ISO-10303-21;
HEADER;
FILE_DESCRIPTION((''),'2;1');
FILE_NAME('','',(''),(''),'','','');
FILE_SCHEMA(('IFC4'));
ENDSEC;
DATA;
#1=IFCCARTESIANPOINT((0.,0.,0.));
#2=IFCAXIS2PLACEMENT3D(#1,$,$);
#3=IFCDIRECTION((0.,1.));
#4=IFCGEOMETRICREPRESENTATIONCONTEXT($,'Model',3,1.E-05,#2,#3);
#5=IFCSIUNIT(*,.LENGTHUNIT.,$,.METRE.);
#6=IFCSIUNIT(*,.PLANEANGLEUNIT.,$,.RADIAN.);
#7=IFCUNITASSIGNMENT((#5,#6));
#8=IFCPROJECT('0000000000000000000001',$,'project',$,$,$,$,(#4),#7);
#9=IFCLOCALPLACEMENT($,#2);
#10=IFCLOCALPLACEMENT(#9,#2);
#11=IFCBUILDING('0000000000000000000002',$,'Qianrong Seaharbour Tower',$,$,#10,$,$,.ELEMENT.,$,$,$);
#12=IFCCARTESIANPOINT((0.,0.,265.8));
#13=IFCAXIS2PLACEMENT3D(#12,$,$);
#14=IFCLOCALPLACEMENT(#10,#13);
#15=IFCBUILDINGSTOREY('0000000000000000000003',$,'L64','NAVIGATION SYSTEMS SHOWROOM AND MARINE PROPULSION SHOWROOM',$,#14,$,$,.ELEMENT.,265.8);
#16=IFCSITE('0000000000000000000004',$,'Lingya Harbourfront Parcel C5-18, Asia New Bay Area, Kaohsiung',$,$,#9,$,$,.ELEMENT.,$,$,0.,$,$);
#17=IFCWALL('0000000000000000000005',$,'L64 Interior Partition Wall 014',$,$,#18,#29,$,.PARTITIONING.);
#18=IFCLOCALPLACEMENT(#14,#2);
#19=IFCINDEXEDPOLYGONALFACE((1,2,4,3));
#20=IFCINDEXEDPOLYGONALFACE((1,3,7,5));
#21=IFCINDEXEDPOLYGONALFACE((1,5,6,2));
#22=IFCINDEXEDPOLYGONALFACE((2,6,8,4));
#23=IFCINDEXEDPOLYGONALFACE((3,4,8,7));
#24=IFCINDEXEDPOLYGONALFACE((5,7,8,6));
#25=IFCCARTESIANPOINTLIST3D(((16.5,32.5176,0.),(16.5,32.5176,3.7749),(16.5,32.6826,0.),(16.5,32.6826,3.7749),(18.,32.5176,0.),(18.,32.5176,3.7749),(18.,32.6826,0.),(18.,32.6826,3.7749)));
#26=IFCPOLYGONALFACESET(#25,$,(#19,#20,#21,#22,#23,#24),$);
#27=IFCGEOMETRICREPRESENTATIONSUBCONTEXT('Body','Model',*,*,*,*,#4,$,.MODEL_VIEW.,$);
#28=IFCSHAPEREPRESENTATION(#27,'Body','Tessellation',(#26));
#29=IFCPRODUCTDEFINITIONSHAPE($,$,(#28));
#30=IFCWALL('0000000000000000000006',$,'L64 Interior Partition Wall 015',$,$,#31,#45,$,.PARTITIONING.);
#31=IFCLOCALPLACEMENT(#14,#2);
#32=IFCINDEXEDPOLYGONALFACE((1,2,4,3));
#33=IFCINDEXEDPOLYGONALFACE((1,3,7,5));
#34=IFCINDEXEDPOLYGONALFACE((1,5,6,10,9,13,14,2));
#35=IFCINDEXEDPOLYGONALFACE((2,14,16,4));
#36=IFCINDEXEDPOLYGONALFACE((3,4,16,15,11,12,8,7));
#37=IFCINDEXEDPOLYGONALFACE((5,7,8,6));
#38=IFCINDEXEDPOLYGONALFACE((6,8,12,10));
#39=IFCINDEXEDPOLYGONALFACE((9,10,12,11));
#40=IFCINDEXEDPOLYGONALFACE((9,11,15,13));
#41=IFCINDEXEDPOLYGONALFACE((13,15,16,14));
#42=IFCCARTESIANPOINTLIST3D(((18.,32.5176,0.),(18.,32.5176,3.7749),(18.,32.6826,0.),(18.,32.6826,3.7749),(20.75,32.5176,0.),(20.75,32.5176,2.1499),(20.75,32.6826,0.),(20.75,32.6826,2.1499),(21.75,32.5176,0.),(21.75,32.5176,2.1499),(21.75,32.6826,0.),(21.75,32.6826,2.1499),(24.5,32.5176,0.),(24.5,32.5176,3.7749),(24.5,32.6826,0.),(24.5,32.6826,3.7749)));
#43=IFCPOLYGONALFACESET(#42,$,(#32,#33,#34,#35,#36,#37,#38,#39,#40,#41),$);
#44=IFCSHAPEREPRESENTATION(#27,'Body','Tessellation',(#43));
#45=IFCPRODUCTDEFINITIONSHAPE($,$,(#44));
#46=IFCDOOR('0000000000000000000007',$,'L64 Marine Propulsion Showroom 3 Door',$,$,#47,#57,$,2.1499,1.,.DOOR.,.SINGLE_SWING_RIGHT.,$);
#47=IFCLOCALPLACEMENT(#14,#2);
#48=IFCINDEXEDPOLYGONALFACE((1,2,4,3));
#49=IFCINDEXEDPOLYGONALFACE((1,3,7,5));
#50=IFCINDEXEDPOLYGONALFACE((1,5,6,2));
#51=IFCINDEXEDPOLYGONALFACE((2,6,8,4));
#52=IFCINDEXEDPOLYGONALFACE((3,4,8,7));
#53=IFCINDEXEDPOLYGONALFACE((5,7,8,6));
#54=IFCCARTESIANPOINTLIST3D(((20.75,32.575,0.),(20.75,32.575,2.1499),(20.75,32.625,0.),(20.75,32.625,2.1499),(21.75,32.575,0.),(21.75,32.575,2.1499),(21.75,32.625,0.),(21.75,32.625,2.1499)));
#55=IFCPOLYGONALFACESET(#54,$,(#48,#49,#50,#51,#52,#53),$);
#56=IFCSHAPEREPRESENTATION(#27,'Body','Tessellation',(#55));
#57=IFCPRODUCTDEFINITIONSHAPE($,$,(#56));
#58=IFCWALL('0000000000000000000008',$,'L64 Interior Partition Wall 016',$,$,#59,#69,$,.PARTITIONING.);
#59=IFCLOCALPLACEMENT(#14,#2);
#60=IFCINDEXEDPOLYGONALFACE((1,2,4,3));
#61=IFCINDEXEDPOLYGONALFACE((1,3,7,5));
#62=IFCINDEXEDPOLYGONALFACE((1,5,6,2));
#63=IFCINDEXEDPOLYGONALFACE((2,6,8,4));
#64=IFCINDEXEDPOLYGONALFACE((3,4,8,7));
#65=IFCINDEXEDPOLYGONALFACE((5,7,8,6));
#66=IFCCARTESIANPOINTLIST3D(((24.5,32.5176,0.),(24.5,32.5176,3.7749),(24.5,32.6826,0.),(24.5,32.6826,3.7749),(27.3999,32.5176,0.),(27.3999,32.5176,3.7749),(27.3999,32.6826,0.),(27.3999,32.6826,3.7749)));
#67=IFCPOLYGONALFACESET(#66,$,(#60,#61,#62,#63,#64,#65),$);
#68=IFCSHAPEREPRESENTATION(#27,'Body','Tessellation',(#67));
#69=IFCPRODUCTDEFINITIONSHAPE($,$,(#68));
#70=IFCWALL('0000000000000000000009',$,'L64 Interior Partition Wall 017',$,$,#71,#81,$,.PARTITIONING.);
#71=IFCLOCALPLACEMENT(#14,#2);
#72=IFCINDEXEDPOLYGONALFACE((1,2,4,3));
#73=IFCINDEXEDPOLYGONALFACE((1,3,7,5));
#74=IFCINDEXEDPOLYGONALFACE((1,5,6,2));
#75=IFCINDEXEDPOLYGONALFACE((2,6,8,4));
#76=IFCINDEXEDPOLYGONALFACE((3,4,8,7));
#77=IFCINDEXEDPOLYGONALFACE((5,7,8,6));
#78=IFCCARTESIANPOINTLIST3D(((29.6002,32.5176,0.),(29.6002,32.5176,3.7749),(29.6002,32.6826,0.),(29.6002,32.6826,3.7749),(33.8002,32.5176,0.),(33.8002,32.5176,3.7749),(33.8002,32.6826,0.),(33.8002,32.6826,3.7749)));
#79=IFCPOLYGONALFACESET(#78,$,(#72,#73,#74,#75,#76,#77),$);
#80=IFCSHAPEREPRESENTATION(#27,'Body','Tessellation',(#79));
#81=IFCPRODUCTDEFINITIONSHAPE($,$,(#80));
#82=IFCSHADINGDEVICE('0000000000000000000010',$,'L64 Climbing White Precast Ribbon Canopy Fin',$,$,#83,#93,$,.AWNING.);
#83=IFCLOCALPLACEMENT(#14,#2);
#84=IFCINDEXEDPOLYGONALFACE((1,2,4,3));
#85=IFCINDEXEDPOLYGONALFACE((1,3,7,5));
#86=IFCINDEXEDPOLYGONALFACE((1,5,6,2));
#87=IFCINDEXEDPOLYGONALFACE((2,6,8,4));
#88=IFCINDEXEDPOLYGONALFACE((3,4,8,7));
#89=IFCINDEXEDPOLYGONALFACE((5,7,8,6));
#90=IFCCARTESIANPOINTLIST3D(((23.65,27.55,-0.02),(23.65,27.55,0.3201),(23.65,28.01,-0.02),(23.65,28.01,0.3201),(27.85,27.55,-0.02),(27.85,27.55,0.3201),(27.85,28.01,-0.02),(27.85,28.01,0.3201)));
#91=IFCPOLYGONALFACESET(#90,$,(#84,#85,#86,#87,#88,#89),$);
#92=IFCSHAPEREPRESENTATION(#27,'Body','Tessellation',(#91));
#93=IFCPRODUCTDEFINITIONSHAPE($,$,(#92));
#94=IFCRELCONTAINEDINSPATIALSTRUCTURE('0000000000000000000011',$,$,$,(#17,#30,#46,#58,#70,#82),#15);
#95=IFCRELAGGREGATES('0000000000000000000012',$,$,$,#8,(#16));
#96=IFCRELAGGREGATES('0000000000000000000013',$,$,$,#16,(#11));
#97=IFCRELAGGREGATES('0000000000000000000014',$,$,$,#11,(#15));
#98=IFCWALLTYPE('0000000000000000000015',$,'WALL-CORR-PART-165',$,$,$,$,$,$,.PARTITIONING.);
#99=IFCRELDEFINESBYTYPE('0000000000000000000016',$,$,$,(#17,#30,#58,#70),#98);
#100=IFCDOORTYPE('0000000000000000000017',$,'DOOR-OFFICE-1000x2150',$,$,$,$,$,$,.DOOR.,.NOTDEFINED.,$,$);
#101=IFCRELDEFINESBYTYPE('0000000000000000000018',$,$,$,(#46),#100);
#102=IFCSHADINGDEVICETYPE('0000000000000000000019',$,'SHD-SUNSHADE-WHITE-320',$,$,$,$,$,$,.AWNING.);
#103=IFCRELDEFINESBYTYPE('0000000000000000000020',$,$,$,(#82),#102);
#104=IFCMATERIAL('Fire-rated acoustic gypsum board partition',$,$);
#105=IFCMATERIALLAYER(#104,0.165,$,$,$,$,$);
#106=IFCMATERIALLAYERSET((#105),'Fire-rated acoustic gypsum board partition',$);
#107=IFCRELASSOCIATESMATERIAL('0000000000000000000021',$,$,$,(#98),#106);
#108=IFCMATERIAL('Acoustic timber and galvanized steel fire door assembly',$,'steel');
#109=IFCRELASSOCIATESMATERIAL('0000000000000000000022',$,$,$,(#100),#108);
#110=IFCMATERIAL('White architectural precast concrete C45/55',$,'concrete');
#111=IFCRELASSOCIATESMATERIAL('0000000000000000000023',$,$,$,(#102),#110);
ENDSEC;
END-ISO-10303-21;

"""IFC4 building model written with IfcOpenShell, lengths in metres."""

from ifc_helpers import new_model, si_unit, direction, frame, frame_2d, origin, origin_2d, place, context, subcontext, project, spatial, rectangle, extrude, material, layer, layer_set, type_object, element, fill, save


model = new_model("IFC4")

# Units and contexts
model_context = context("Model", 3, precision=1e-05, world=origin(), true_north=direction((0.0, 1.0)))
body_context = subcontext(model_context, "Body", "Model", "MODEL_VIEW")
ifc_project = project(units=[si_unit("LENGTHUNIT", "METRE"), si_unit("PLANEANGLEUNIT", "RADIAN")], contexts=[model_context])

# Site, building, storey
site_placement = place(None, origin())
site = spatial("IfcSite", under=ifc_project, at=site_placement, Name="Lingya Harbourfront Parcel C5-18, Asia New Bay Area, Kaohsiung", CompositionType="ELEMENT", RefElevation=0.0)
building_placement = place(site_placement, origin())
building = spatial("IfcBuilding", under=site, at=building_placement, Name="Qianrong Seaharbour Tower", CompositionType="ELEMENT")
storey_placement = place(building_placement, frame((0.0, 0.0, 265.8)))
storey = spatial("IfcBuildingStorey", under=building, at=storey_placement, Name="L64", Description="NAVIGATION SYSTEMS SHOWROOM AND MARINE PROPULSION SHOWROOM", CompositionType="ELEMENT", Elevation=265.8)

# Wall
ifc_material_1 = material(Name="Fire-rated acoustic gypsum board partition")
ifc_layer = layer(ifc_material_1, 0.165)
ifc_layer_set = layer_set([ifc_layer], Name="Fire-rated acoustic gypsum board partition")
wall_type = type_object("IfcWallType", Name="WALL-CORR-PART-165", PredefinedType="PARTITIONING", material=ifc_layer_set)
wall_1_placement = place(storey_placement, frame((16.5, 32.6001, 0.0), z_axis=(0.0, 0.0, 1.0), x_axis=(1.0, 0.0, 0.0)))
element("IfcWall", 1, at=wall_1_placement, inside=storey, type_object=wall_type, Name="L64 Interior Partition Wall 014", PredefinedType="PARTITIONING", context=body_context, shape_type="SweptSolid", body=[
    extrude(rectangle(XDim=1.5, YDim=0.165, at=frame_2d((0.75, 0.0))), origin(), (0.0, 0.0, 1.0), 3.7749),
])

# Wall, opening, door
wall_2_placement = place(storey_placement, frame((18.0, 32.6001, 0.0), z_axis=(0.0, 0.0, 1.0), x_axis=(1.0, 0.0, 0.0)))
wall_2 = element("IfcWall", 2, at=wall_2_placement, inside=storey, type_object=wall_type, Name="L64 Interior Partition Wall 015", PredefinedType="PARTITIONING", context=body_context, shape_type="SweptSolid", body=[
    extrude(rectangle(XDim=6.5, YDim=0.165, at=frame_2d((3.25, 0.0))), origin(), (0.0, 0.0, 1.0), 3.7749),
])
opening_placement = place(wall_2_placement, frame((2.75, 0.0, 0.0)))
opening = element("IfcOpeningElement", 3, at=opening_placement, cuts=wall_2, PredefinedType="OPENING", context=body_context, shape_type="SweptSolid", body=[
    extrude(rectangle(XDim=1.0, YDim=2.1499, at=frame_2d((0.5, 1.075))), frame((0.0, 0.0925, 0.0), z_axis=(0.0, -1.0, 0.0), x_axis=(1.0, 0.0, 0.0)), (0.0, 0.0, 1.0), 0.1851),
])
ifc_material_2 = material(Name="Acoustic timber and galvanized steel fire door assembly", Category="steel")
door_type = type_object("IfcDoorType", Name="DOOR-OFFICE-1000x2150", OperationType="NOTDEFINED", PredefinedType="DOOR", material=ifc_material_2)
door_placement = place(opening_placement, origin())
door = element("IfcDoor", 4, at=door_placement, inside=storey, type_object=door_type, Name="L64 Marine Propulsion Showroom 3 Door", OperationType="SINGLE_SWING_RIGHT", OverallHeight=2.1499, OverallWidth=1.0, PredefinedType="DOOR", context=body_context, shape_type="SweptSolid", body=[
    extrude(rectangle(XDim=1.0, YDim=2.1499, at=frame_2d((0.5, 1.075))), frame((0.0, 0.0249, 0.0), z_axis=(0.0, -1.0, 0.0), x_axis=(1.0, 0.0, 0.0)), (0.0, 0.0, 1.0), 0.05),
])
fill(opening, door)

# Walls
wall_3_placement = place(storey_placement, frame((24.5, 32.6001, 0.0), z_axis=(0.0, 0.0, 1.0), x_axis=(1.0, 0.0, 0.0)))
element("IfcWall", 5, at=wall_3_placement, inside=storey, type_object=wall_type, Name="L64 Interior Partition Wall 016", PredefinedType="PARTITIONING", context=body_context, shape_type="SweptSolid", body=[
    extrude(rectangle(XDim=2.8999, YDim=0.165, at=frame_2d((1.45, 0.0))), origin(), (0.0, 0.0, 1.0), 3.7749),
])
wall_4_placement = place(storey_placement, frame((29.6001, 32.6001, 0.0), z_axis=(0.0, 0.0, 1.0), x_axis=(1.0, 0.0, 0.0)))
element("IfcWall", 6, at=wall_4_placement, inside=storey, type_object=wall_type, Name="L64 Interior Partition Wall 017", PredefinedType="PARTITIONING", context=body_context, shape_type="SweptSolid", body=[
    extrude(rectangle(XDim=4.2, YDim=0.165, at=frame_2d((2.1001, 0.0))), origin(), (0.0, 0.0, 1.0), 3.7749),
])

# Shading device
ifc_material_3 = material(Name="White architectural precast concrete C45/55", Category="concrete")
shading_device_type = type_object("IfcShadingDeviceType", Name="SHD-SUNSHADE-WHITE-320", PredefinedType="AWNING", material=ifc_material_3)
shading_device_placement = place(storey_placement, frame((25.75, 27.78, -0.02), z_axis=(0.0, 0.0, 1.0), x_axis=(1.0, 0.0, 0.0)))
element("IfcShadingDevice", 7, at=shading_device_placement, inside=storey, type_object=shading_device_type, Name="L64 Climbing White Precast Ribbon Canopy Fin", PredefinedType="AWNING", context=body_context, shape_type="SweptSolid", body=[
    extrude(rectangle(XDim=4.2, YDim=0.46, at=origin_2d()), origin(), (0.0, 0.0, 1.0), 0.3401),
])

save(model, "model.ifc")
